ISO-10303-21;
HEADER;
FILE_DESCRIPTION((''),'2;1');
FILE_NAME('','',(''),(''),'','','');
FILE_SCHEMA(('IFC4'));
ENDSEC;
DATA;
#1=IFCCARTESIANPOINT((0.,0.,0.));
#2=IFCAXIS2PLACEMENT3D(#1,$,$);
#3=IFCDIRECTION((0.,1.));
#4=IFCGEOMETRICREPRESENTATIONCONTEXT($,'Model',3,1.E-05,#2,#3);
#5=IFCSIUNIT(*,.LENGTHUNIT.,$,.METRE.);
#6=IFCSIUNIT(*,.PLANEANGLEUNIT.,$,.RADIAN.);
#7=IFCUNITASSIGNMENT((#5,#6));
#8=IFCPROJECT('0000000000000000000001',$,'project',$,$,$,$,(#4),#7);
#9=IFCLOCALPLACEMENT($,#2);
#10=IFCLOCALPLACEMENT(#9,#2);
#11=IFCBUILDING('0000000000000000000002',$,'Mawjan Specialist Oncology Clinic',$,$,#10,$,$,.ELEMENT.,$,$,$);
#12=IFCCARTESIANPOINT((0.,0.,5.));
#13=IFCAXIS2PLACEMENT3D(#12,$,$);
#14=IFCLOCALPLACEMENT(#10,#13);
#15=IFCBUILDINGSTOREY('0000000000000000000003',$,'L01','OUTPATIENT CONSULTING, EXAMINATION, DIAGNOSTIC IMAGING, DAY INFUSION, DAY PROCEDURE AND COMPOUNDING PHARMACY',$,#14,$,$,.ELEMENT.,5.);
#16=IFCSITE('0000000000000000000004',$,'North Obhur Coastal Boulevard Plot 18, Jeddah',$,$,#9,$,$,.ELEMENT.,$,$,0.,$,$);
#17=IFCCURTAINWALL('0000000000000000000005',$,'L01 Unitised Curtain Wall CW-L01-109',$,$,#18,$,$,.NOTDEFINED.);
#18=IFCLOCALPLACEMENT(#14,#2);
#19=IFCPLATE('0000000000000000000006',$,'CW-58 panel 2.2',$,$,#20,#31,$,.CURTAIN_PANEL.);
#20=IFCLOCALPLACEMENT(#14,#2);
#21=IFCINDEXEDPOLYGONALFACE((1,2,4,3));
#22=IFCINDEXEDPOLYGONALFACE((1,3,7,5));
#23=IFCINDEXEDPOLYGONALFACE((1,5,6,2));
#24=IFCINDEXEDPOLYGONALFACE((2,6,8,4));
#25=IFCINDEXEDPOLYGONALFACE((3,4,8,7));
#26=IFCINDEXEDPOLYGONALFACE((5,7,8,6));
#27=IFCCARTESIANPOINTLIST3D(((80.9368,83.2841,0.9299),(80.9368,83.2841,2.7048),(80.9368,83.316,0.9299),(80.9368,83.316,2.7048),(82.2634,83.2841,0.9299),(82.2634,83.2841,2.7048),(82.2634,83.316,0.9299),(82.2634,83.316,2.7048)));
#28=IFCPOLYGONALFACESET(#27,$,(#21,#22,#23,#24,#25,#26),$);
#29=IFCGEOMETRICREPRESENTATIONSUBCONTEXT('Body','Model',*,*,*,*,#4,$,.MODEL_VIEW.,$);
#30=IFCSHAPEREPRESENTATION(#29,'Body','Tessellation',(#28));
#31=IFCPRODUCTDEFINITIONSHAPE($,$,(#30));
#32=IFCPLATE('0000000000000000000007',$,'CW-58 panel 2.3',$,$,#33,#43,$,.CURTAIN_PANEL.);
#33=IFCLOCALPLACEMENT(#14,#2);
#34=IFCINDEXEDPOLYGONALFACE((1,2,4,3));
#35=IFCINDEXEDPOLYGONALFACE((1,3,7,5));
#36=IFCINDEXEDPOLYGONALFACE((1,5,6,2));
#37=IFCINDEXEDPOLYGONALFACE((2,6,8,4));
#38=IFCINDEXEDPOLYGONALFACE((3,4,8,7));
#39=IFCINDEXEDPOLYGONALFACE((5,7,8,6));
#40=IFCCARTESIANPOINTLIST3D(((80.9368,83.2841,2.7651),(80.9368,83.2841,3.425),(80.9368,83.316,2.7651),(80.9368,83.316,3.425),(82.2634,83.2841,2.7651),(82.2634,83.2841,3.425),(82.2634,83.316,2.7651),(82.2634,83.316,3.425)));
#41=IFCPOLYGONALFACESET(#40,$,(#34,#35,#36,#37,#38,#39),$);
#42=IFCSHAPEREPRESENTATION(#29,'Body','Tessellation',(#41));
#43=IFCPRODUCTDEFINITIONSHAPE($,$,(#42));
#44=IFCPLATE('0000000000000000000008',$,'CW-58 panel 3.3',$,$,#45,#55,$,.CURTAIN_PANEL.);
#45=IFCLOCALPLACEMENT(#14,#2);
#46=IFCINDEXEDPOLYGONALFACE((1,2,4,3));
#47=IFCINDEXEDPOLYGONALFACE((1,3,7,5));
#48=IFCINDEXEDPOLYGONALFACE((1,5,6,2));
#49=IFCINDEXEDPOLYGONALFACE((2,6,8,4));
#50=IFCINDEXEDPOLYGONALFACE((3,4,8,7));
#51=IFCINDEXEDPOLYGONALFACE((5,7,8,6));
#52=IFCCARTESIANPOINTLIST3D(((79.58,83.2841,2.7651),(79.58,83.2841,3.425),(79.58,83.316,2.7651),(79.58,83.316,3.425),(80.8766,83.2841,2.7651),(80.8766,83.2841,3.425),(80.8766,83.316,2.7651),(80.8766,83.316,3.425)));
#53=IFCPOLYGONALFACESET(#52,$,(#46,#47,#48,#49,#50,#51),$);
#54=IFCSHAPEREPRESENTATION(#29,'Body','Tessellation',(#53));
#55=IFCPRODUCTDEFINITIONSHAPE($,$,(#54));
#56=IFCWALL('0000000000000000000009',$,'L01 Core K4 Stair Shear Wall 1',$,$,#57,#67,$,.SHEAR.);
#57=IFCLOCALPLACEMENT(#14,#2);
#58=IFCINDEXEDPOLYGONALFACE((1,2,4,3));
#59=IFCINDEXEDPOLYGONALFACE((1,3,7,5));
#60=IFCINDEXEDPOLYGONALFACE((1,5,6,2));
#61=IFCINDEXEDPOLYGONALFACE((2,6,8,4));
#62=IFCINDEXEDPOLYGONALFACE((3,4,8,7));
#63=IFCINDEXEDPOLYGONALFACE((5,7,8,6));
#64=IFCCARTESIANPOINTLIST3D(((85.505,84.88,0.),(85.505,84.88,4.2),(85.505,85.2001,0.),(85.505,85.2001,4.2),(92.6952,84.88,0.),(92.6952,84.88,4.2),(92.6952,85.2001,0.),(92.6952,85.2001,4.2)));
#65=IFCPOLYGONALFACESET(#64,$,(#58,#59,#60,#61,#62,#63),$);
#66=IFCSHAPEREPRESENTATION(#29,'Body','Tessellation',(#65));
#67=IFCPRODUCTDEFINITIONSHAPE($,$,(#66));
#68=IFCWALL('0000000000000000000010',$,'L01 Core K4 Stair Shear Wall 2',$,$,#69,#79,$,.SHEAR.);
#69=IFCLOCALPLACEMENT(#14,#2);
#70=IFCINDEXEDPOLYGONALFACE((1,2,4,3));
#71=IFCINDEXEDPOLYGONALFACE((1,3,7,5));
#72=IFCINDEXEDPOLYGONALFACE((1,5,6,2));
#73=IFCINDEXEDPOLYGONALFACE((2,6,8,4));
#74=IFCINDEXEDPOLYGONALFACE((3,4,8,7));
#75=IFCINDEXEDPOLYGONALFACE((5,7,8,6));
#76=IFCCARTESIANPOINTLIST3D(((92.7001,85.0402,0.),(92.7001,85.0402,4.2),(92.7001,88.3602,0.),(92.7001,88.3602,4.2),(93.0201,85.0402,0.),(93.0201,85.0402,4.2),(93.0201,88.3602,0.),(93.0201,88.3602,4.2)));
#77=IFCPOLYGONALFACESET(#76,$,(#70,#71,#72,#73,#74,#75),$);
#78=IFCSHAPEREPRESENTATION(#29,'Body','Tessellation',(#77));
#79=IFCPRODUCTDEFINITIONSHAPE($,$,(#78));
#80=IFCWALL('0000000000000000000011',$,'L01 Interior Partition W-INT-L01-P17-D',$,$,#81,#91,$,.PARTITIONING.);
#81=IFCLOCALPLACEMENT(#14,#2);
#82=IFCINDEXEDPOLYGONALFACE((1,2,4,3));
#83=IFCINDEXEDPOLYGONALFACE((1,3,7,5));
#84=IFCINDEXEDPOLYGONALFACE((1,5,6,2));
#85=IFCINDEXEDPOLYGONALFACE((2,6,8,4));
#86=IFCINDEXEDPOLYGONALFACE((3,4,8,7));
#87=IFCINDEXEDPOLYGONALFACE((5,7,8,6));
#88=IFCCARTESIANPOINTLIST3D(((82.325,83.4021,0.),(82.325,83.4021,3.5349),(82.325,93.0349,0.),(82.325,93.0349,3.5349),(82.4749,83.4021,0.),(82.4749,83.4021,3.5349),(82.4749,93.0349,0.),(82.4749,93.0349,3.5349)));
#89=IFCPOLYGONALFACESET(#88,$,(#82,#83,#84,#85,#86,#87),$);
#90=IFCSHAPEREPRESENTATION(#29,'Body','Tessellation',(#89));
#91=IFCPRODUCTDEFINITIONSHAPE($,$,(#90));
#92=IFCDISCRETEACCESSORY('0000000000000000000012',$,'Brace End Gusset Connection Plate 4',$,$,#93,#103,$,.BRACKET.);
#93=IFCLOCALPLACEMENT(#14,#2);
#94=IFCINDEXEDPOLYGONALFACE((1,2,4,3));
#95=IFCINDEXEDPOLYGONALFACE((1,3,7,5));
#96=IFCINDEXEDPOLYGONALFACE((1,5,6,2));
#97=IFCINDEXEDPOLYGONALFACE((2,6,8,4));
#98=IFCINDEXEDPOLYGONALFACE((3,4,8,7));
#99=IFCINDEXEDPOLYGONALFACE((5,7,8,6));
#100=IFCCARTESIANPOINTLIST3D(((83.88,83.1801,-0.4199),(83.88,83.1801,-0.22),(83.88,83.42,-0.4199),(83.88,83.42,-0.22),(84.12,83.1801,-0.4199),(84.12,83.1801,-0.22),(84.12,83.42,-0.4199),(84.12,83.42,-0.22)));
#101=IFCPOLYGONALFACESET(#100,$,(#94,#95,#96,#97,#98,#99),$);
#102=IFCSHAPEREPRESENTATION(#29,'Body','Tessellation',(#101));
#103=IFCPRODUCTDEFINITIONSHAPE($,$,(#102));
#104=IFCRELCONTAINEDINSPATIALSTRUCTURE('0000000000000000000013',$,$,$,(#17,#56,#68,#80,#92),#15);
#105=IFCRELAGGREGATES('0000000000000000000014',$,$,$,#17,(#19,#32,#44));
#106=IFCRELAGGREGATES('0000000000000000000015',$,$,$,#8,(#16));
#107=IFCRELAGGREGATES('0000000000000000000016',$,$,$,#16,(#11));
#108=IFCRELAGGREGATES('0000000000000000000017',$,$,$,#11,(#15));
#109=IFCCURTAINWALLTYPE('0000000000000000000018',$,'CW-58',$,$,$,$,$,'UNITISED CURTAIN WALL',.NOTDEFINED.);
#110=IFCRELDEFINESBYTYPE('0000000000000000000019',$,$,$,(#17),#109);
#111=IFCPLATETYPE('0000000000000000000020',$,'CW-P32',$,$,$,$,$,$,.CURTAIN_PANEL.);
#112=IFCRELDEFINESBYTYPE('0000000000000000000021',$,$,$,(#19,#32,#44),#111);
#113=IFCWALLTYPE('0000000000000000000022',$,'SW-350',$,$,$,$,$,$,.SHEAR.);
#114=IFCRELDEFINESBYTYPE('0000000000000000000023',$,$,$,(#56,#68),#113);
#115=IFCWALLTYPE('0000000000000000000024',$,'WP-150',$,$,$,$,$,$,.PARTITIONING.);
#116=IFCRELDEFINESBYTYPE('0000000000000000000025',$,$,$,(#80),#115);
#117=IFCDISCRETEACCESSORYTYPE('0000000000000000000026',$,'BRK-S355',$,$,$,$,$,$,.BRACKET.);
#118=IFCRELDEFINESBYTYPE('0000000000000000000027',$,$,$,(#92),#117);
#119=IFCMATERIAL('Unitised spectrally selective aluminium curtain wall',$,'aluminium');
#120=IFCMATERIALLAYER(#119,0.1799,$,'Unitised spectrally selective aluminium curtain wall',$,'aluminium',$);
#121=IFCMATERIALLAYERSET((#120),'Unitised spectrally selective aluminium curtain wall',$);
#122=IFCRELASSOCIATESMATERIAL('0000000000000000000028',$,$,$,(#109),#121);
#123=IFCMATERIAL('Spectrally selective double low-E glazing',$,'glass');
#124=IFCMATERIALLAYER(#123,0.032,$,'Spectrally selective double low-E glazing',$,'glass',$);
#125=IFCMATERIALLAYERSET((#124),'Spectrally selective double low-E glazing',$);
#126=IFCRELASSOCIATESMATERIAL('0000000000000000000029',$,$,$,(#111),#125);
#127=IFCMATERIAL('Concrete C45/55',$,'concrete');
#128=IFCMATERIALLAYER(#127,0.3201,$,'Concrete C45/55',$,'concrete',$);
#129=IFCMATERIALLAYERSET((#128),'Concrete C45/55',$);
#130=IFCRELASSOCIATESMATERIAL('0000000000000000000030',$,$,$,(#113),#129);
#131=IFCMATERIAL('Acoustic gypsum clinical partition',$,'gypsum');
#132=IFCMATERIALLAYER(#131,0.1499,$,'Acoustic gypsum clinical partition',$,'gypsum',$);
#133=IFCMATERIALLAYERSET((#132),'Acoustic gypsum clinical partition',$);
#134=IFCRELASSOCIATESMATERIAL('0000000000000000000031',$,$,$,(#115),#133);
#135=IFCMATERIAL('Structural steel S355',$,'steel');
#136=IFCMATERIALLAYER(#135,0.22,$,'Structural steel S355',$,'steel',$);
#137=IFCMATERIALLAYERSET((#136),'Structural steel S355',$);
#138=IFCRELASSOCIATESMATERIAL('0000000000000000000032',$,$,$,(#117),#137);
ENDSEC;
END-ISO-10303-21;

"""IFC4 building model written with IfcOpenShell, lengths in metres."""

from ifc_helpers import new_model, si_unit, direction, frame, frame_2d, origin, origin_2d, place, context, subcontext, project, spatial, rectangle, extrude, material, layer, layer_set, type_object, element, aggregate, save


model = new_model("IFC4")

# Units and contexts
model_context = context("Model", 3, precision=1e-05, world=origin(), true_north=direction((0.0, 1.0)))
body_context = subcontext(model_context, "Body", "Model", "MODEL_VIEW")
ifc_project = project(units=[si_unit("LENGTHUNIT", "METRE"), si_unit("PLANEANGLEUNIT", "RADIAN")], contexts=[model_context])

# Site, building, storey
site_placement = place(None, origin())
site = spatial("IfcSite", under=ifc_project, at=site_placement, Name="North Obhur Coastal Boulevard Plot 18, Jeddah", CompositionType="ELEMENT", RefElevation=0.0)
building_placement = place(site_placement, origin())
building = spatial("IfcBuilding", under=site, at=building_placement, Name="Mawjan Specialist Oncology Clinic", CompositionType="ELEMENT")
storey_placement = place(building_placement, frame((0.0, 0.0, 5.0)))
storey = spatial("IfcBuildingStorey", under=building, at=storey_placement, Name="L01", Description="OUTPATIENT CONSULTING, EXAMINATION, DIAGNOSTIC IMAGING, DAY INFUSION, DAY PROCEDURE AND COMPOUNDING PHARMACY", CompositionType="ELEMENT", Elevation=5.0)

# Curtain wall, plates
ifc_material_1 = material(Name="Unitised spectrally selective aluminium curtain wall", Category="aluminium")
ifc_layer_1 = layer(ifc_material_1, 0.1799, Name="Unitised spectrally selective aluminium curtain wall", Category="aluminium")
ifc_layer_set_1 = layer_set([ifc_layer_1], Name="Unitised spectrally selective aluminium curtain wall")
curtain_wall_type = type_object("IfcCurtainWallType", Name="CW-58", ElementType="UNITISED CURTAIN WALL", PredefinedType="NOTDEFINED", material=ifc_layer_set_1)
curtain_wall_placement = place(storey_placement, origin())
curtain_wall = element("IfcCurtainWall", 1, at=curtain_wall_placement, inside=storey, type_object=curtain_wall_type, Name="L01 Unitised Curtain Wall CW-L01-109", PredefinedType="NOTDEFINED")
ifc_material_2 = material(Name="Spectrally selective double low-E glazing", Category="glass")
ifc_layer_2 = layer(ifc_material_2, 0.032, Name="Spectrally selective double low-E glazing", Category="glass")
ifc_layer_set_2 = layer_set([ifc_layer_2], Name="Spectrally selective double low-E glazing")
plate_type = type_object("IfcPlateType", Name="CW-P32", PredefinedType="CURTAIN_PANEL", material=ifc_layer_set_2)
plate_1_placement = place(storey_placement, frame((81.6001, 83.3, 0.9299), z_axis=(0.0, 0.0, 1.0), x_axis=(-1.0, 0.0, 0.0)))
plate_1 = element("IfcPlate", 2, at=plate_1_placement, type_object=plate_type, Name="CW-58 panel 2.2", PredefinedType="CURTAIN_PANEL", context=body_context, shape_type="SweptSolid", body=[
    extrude(rectangle(XDim=1.3267, YDim=0.032, at=origin_2d()), origin(), (0.0, 0.0, 1.0), 1.7749),
])
plate_2_placement = place(storey_placement, frame((81.6001, 83.3, 2.7651), z_axis=(0.0, 0.0, 1.0), x_axis=(-1.0, 0.0, 0.0)))
plate_2 = element("IfcPlate", 3, at=plate_2_placement, type_object=plate_type, Name="CW-58 panel 2.3", PredefinedType="CURTAIN_PANEL", context=body_context, shape_type="SweptSolid", body=[
    extrude(rectangle(XDim=1.3267, YDim=0.032, at=origin_2d()), origin(), (0.0, 0.0, 1.0), 0.6599),
])
plate_3_placement = place(storey_placement, frame((80.2283, 83.3, 2.7651), z_axis=(0.0, 0.0, 1.0), x_axis=(-1.0, 0.0, 0.0)))
plate_3 = element("IfcPlate", 4, at=plate_3_placement, type_object=plate_type, Name="CW-58 panel 3.3", PredefinedType="CURTAIN_PANEL", context=body_context, shape_type="SweptSolid", body=[
    extrude(rectangle(XDim=1.2966, YDim=0.032, at=origin_2d()), origin(), (0.0, 0.0, 1.0), 0.6599),
])
aggregate(curtain_wall, [plate_1, plate_2, plate_3])

# Walls
ifc_material_3 = material(Name="Concrete C45/55", Category="concrete")
ifc_layer_3 = layer(ifc_material_3, 0.3201, Name="Concrete C45/55", Category="concrete")
ifc_layer_set_3 = layer_set([ifc_layer_3], Name="Concrete C45/55")
wall_type_1 = type_object("IfcWallType", Name="SW-350", PredefinedType="SHEAR", material=ifc_layer_set_3)
wall_1_placement = place(storey_placement, frame((85.5049, 85.04, 0.0), z_axis=(0.0, 0.0, 1.0), x_axis=(1.0, 0.0, 0.0)))
element("IfcWall", 5, at=wall_1_placement, inside=storey, type_object=wall_type_1, Name="L01 Core K4 Stair Shear Wall 1", PredefinedType="SHEAR", context=body_context, shape_type="SweptSolid", body=[
    extrude(rectangle(XDim=7.1902, YDim=0.3201, at=frame_2d((3.5952, 0.0))), origin(), (0.0, 0.0, 1.0), 4.2),
])
wall_2_placement = place(storey_placement, frame((92.8601, 85.04, 0.0), z_axis=(0.0, 0.0, 1.0), x_axis=(0.0, 1.0, 0.0)))
element("IfcWall", 6, at=wall_2_placement, inside=storey, type_object=wall_type_1, Name="L01 Core K4 Stair Shear Wall 2", PredefinedType="SHEAR", context=body_context, shape_type="SweptSolid", body=[
    extrude(rectangle(XDim=3.3201, YDim=0.3201, at=frame_2d((1.6602, 0.0))), origin(), (0.0, 0.0, 1.0), 4.2),
])
ifc_material_4 = material(Name="Acoustic gypsum clinical partition", Category="gypsum")
ifc_layer_4 = layer(ifc_material_4, 0.1499, Name="Acoustic gypsum clinical partition", Category="gypsum")
ifc_layer_set_4 = layer_set([ifc_layer_4], Name="Acoustic gypsum clinical partition")
wall_type_2 = type_object("IfcWallType", Name="WP-150", PredefinedType="PARTITIONING", material=ifc_layer_set_4)
wall_3_placement = place(storey_placement, frame((82.3999, 83.4021, 0.0), z_axis=(0.0, 0.0, 1.0), x_axis=(0.0, 1.0, 0.0)))
element("IfcWall", 7, at=wall_3_placement, inside=storey, type_object=wall_type_2, Name="L01 Interior Partition W-INT-L01-P17-D", PredefinedType="PARTITIONING", context=body_context, shape_type="SweptSolid", body=[
    extrude(rectangle(XDim=9.6328, YDim=0.1499, at=frame_2d((4.8164, 0.0))), origin(), (0.0, 0.0, 1.0), 3.5349),
])

# Discrete accessory
ifc_material_5 = material(Name="Structural steel S355", Category="steel")
ifc_layer_5 = layer(ifc_material_5, 0.22, Name="Structural steel S355", Category="steel")
ifc_layer_set_5 = layer_set([ifc_layer_5], Name="Structural steel S355")
discrete_accessory_type = type_object("IfcDiscreteAccessoryType", Name="BRK-S355", PredefinedType="BRACKET", material=ifc_layer_set_5)
discrete_accessory_placement = place(storey_placement, frame((84.0, 83.3, -0.4199), z_axis=(0.0, 0.0, 1.0), x_axis=(1.0, 0.0, 0.0)))
element("IfcDiscreteAccessory", 8, at=discrete_accessory_placement, inside=storey, type_object=discrete_accessory_type, Name="Brace End Gusset Connection Plate 4", PredefinedType="BRACKET", context=body_context, shape_type="SweptSolid", body=[
    extrude(rectangle(XDim=0.24, YDim=0.24, at=origin_2d()), origin(), (0.0, 0.0, 1.0), 0.2),
])

save(model, "model.ifc")
